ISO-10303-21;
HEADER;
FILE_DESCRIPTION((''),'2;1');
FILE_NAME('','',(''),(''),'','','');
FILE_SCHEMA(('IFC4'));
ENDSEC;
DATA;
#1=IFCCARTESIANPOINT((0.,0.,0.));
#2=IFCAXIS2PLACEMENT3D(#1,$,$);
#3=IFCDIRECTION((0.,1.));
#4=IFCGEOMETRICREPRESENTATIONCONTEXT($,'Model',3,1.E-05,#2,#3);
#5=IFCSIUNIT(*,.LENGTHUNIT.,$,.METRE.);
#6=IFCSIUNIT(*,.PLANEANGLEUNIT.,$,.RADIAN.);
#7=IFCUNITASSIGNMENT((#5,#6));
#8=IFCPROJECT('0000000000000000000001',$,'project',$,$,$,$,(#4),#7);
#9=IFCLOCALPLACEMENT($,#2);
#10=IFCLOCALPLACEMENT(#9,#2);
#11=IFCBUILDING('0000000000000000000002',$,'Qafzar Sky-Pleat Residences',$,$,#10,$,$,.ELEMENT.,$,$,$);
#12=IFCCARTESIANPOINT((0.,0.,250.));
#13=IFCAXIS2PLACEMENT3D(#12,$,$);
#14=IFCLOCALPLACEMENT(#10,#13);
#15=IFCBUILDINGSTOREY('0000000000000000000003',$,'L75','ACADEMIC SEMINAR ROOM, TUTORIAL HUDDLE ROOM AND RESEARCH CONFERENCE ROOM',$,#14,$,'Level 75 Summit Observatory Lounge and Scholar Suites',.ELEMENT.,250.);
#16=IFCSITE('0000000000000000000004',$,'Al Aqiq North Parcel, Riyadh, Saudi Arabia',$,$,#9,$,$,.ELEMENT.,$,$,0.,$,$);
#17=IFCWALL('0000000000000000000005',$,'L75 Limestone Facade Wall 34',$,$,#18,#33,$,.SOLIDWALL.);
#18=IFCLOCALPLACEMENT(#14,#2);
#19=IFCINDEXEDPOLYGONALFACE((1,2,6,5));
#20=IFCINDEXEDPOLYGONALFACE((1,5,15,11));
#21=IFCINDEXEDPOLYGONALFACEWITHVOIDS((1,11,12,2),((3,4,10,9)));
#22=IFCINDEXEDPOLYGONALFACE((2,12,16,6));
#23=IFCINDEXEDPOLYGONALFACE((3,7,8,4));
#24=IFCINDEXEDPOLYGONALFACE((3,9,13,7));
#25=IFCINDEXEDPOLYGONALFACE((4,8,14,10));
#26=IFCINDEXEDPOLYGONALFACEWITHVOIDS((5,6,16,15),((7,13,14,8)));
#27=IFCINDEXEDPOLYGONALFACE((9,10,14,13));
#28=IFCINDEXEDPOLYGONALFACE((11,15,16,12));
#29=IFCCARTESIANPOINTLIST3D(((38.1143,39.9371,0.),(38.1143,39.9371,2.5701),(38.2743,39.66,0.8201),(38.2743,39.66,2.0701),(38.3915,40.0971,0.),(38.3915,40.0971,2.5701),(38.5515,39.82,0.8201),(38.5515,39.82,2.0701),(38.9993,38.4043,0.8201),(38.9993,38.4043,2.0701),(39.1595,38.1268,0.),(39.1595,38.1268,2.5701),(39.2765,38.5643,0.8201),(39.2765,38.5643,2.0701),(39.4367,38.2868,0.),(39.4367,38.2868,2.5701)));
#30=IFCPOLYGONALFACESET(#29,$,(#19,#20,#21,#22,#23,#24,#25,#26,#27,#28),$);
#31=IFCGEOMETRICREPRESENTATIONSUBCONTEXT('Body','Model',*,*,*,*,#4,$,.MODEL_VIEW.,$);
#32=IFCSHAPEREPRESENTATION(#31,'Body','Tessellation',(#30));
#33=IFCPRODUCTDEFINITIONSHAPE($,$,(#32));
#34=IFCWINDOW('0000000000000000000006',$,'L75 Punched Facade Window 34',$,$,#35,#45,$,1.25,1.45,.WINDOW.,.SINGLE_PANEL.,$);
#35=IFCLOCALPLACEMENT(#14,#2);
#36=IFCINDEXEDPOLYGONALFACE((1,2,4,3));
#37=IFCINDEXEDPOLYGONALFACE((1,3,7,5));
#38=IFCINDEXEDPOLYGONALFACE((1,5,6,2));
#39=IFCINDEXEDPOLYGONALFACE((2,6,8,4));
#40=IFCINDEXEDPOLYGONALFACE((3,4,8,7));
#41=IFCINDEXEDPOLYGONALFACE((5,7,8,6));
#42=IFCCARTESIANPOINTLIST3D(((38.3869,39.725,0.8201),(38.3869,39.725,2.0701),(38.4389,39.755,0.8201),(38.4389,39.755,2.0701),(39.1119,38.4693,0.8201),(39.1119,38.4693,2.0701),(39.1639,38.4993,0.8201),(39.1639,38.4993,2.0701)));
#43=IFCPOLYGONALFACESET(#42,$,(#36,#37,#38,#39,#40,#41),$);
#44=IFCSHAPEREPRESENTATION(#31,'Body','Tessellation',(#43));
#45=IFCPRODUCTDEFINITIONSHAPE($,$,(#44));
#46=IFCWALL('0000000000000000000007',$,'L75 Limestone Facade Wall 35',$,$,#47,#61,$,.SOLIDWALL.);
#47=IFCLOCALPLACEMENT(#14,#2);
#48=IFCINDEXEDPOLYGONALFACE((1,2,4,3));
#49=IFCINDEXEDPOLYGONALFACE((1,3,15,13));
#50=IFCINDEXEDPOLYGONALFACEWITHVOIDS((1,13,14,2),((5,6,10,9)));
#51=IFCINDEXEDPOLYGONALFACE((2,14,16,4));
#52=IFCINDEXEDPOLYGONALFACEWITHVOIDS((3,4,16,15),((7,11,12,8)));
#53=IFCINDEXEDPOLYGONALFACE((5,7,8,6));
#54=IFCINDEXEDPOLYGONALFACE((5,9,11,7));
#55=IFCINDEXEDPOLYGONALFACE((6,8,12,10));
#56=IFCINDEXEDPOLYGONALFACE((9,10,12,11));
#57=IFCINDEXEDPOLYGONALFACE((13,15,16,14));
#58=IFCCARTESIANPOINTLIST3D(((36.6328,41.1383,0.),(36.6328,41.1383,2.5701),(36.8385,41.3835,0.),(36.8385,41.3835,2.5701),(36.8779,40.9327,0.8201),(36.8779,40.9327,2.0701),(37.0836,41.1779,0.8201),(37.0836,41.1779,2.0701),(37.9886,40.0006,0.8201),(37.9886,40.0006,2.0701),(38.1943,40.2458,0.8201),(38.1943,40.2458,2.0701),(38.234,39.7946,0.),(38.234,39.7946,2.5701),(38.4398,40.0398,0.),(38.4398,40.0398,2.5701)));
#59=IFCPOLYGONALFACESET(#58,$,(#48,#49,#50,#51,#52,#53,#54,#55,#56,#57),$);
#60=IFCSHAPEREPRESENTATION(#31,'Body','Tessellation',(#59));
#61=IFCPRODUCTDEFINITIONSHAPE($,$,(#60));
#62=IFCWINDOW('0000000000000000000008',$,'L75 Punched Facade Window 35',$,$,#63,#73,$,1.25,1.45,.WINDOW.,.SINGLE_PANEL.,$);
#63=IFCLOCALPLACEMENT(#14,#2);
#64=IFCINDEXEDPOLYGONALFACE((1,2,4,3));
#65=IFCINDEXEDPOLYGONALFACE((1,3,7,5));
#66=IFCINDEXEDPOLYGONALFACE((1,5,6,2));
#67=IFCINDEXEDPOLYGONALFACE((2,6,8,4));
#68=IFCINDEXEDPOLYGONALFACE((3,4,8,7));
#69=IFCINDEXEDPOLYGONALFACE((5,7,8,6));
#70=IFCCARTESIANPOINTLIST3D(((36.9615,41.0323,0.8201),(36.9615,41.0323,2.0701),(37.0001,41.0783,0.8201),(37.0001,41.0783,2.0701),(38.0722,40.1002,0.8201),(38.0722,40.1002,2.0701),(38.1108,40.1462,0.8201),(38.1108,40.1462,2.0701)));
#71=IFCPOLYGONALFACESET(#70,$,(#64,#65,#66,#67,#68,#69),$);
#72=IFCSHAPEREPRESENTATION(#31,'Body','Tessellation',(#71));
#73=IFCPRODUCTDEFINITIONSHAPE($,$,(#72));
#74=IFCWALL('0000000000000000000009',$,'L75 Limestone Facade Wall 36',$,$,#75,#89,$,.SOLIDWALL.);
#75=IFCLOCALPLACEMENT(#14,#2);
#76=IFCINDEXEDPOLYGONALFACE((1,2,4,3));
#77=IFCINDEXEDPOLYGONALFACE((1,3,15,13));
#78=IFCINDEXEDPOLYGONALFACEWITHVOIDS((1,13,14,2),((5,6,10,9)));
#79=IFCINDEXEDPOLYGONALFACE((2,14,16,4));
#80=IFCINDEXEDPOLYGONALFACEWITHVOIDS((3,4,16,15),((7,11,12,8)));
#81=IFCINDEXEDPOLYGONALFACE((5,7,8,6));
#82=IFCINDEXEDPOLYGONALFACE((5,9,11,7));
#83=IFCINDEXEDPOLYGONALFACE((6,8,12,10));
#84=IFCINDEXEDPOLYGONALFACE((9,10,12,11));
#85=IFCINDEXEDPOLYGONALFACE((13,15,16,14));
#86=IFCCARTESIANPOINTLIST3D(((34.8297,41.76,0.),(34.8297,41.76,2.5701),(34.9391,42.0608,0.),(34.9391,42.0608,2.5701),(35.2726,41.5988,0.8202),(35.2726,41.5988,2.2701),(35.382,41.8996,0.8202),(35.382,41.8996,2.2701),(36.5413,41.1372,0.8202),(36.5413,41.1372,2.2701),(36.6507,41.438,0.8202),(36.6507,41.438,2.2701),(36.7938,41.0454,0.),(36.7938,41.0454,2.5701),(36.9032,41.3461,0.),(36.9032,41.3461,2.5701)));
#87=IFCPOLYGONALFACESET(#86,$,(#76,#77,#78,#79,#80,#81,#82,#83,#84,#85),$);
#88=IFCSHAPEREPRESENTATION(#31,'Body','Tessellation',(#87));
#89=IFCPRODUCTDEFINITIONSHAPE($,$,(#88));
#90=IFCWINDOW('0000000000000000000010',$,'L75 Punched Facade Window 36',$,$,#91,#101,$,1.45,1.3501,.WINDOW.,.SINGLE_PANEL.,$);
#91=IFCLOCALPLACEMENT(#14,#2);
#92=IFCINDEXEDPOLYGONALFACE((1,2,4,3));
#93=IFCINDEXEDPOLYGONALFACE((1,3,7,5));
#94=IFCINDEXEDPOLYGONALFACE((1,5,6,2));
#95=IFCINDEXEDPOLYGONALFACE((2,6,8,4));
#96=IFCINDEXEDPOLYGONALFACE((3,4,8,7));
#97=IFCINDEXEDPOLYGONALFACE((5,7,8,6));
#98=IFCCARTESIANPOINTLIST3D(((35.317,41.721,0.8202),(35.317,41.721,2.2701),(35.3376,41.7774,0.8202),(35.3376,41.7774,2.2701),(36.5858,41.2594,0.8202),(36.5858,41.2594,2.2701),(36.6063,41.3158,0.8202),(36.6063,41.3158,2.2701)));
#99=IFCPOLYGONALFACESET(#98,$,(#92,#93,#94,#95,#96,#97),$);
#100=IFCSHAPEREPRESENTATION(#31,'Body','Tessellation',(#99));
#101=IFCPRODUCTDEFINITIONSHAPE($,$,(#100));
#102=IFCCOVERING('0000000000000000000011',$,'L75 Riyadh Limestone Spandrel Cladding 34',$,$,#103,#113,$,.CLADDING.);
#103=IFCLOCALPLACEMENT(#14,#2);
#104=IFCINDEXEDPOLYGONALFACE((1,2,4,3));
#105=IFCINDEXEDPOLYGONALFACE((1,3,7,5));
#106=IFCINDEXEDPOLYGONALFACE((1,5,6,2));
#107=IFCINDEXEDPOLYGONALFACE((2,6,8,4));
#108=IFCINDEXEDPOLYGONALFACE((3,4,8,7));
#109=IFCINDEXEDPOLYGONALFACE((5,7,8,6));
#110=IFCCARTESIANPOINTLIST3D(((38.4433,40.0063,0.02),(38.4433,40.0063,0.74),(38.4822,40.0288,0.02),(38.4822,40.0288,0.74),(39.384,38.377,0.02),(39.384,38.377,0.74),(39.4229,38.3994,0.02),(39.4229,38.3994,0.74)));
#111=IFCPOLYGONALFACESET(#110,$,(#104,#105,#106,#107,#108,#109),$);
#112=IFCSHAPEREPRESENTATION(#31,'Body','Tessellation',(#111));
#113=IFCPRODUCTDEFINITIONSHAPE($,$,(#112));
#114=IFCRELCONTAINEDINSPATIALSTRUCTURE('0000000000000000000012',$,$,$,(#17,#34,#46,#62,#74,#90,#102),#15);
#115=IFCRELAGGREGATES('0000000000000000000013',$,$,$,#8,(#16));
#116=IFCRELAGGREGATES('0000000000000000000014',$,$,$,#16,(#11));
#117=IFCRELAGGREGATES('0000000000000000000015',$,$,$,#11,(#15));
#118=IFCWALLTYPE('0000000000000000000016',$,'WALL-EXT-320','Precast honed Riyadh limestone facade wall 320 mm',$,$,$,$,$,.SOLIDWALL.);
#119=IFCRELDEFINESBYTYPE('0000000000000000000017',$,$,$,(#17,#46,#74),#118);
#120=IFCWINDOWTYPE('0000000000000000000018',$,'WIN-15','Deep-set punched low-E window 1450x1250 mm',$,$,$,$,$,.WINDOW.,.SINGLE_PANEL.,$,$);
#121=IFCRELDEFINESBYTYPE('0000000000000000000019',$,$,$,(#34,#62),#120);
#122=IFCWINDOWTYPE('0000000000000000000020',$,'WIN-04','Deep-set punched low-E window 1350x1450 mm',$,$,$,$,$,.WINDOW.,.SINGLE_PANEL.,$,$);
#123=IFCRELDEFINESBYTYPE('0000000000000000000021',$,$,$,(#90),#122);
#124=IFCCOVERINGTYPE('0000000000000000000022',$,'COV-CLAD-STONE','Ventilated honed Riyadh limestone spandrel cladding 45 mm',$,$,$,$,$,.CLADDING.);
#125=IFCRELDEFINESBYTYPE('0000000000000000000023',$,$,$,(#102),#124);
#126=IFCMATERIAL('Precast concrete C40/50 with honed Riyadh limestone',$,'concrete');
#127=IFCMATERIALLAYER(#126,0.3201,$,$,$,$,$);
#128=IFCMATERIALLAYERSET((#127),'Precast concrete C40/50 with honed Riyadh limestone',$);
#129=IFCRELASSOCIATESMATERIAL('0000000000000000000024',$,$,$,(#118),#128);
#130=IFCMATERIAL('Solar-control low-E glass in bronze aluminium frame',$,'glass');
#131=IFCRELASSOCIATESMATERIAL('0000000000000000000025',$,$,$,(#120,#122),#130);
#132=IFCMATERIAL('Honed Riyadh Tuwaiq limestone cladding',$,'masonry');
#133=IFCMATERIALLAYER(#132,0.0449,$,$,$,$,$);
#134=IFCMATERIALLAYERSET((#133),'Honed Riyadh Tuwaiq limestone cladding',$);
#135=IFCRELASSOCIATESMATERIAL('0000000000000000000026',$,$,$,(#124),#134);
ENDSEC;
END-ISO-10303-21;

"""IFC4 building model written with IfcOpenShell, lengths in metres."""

from ifc_helpers import new_model, si_unit, direction, frame, frame_2d, origin, origin_2d, place, context, subcontext, project, spatial, rectangle, extrude, source, transform, mapped, material, layer, layer_set, type_object, element, fill, save


model = new_model("IFC4")

# Units and contexts
model_context = context("Model", 3, precision=1e-05, world=origin(), true_north=direction((0.0, 1.0)))
body_context = subcontext(model_context, "Body", "Model", "MODEL_VIEW")
ifc_project = project(units=[si_unit("LENGTHUNIT", "METRE"), si_unit("PLANEANGLEUNIT", "RADIAN")], contexts=[model_context])

# Site, building, storey
site_placement = place(None, origin())
site = spatial("IfcSite", under=ifc_project, at=site_placement, Name="Al Aqiq North Parcel, Riyadh, Saudi Arabia", CompositionType="ELEMENT", RefElevation=0.0)
building_placement = place(site_placement, origin())
building = spatial("IfcBuilding", under=site, at=building_placement, Name="Qafzar Sky-Pleat Residences", CompositionType="ELEMENT")
storey_placement = place(building_placement, frame((0.0, 0.0, 250.0)))
storey = spatial("IfcBuildingStorey", under=building, at=storey_placement, Name="L75", Description="ACADEMIC SEMINAR ROOM, TUTORIAL HUDDLE ROOM AND RESEARCH CONFERENCE ROOM", LongName="Level 75 Summit Observatory Lounge and Scholar Suites", CompositionType="ELEMENT", Elevation=250.0)

# Walls, openings, windows
ifc_material_1 = material(Name="Precast concrete C40/50 with honed Riyadh limestone", Category="concrete")
ifc_layer_1 = layer(ifc_material_1, 0.3201)
ifc_layer_set_1 = layer_set([ifc_layer_1], Name="Precast concrete C40/50 with honed Riyadh limestone")
wall_type_1 = type_object("IfcWallType", Name="WALL-EXT-320", Description="Precast honed Riyadh limestone facade wall 320 mm", PredefinedType="SOLIDWALL", material=ifc_layer_set_1)
ifc_material_2 = material(Name="Solar-control low-E glass in bronze aluminium frame", Category="glass")
wall_1_placement = place(storey_placement, frame((39.2981, 38.2068, 0.0), z_axis=(0.0, 0.0, 1.0), x_axis=(-0.499995, 0.866028, 0.0)))
wall_1 = element("IfcWall", 1, at=wall_1_placement, inside=storey, type_object=wall_type_1, Name="L75 Limestone Facade Wall 34", PredefinedType="SOLIDWALL", context=body_context, shape_type="SweptSolid", body=[
    extrude(rectangle(XDim=2.0903, YDim=0.3201, at=frame_2d((1.0452, 0.0))), origin(), (0.0, 0.0, 1.0), 2.5701),
])
opening_1_placement = place(wall_1_placement, frame((0.3203, 0.0, 0.8201)))
opening_1 = element("IfcOpeningElement", 2, at=opening_1_placement, cuts=wall_1, PredefinedType="OPENING", context=body_context, shape_type="SweptSolid", body=[
    extrude(rectangle(XDim=1.45, YDim=1.25, at=frame_2d((0.7251, 0.625))), frame((0.0, 0.1699, 0.0), z_axis=(0.0, -1.0, 0.0), x_axis=(1.0, 0.0, 0.0)), (0.0, 0.0, 1.0), 0.3401),
])
window_type_1 = type_object("IfcWindowType", Name="WIN-15", Description="Deep-set punched low-E window 1450x1250 mm", PartitioningType="SINGLE_PANEL", PredefinedType="WINDOW", material=ifc_material_2)
shared_shape_1 = source(origin(), body_context, "Body", "SweptSolid", [
    extrude(rectangle(XDim=1.45, YDim=1.25, at=frame_2d((0.7251, 0.625))), frame((0.0, 0.03, 0.0), z_axis=(0.0, -1.0, 0.0), x_axis=(1.0, 0.0, 0.0)), (0.0, 0.0, 1.0), 0.0601),
])
window_1_placement = place(opening_1_placement, origin())
window_1 = element("IfcWindow", 3, at=window_1_placement, inside=storey, type_object=window_type_1, Name="L75 Punched Facade Window 34", OverallHeight=1.25, OverallWidth=1.45, PartitioningType="SINGLE_PANEL", PredefinedType="WINDOW", context=body_context, shape_type="MappedRepresentation", body=[
    mapped(shared_shape_1, transform((0.0, 0.0, 0.0), x_axis=(1.0, 0.0, 0.0), y_axis=(0.0, 1.0, 0.0), z_axis=(0.0, 0.0, 1.0), scale=1.0)),
])
fill(opening_1, window_1)
wall_2_placement = place(storey_placement, frame((38.3369, 39.9172, 0.0), z_axis=(0.0, 0.0, 1.0), x_axis=(-0.766025, 0.642811, 0.0)))
wall_2 = element("IfcWall", 4, at=wall_2_placement, inside=storey, type_object=wall_type_1, Name="L75 Limestone Facade Wall 35", PredefinedType="SOLIDWALL", context=body_context, shape_type="SweptSolid", body=[
    extrude(rectangle(XDim=2.0903, YDim=0.3201, at=frame_2d((1.0452, 0.0))), origin(), (0.0, 0.0, 1.0), 2.5701),
])
opening_2_placement = place(wall_2_placement, frame((0.3203, 0.0, 0.8201)))
opening_2 = element("IfcOpeningElement", 5, at=opening_2_placement, cuts=wall_2, PredefinedType="OPENING", context=body_context, shape_type="SweptSolid", body=[
    extrude(rectangle(XDim=1.45, YDim=1.25, at=frame_2d((0.7251, 0.625))), frame((0.0, 0.1699, 0.0), z_axis=(0.0, -1.0, 0.0), x_axis=(1.0, 0.0, 0.0)), (0.0, 0.0, 1.0), 0.3401),
])
window_2_placement = place(opening_2_placement, origin())
window_2 = element("IfcWindow", 6, at=window_2_placement, inside=storey, type_object=window_type_1, Name="L75 Punched Facade Window 35", OverallHeight=1.25, OverallWidth=1.45, PartitioningType="SINGLE_PANEL", PredefinedType="WINDOW", context=body_context, shape_type="MappedRepresentation", body=[
    mapped(shared_shape_1, transform((0.0, 0.0, 0.0), x_axis=(1.0, 0.0, 0.0), y_axis=(0.0, 1.0, 0.0), z_axis=(0.0, 0.0, 1.0), scale=1.0)),
])
fill(opening_2, window_2)
wall_3_placement = place(storey_placement, frame((36.8484, 41.1958, 0.0), z_axis=(0.0, 0.0, 1.0), x_axis=(-0.939735, 0.341902, 0.0)))
wall_3 = element("IfcWall", 7, at=wall_3_placement, inside=storey, type_object=wall_type_1, Name="L75 Limestone Facade Wall 36", PredefinedType="SOLIDWALL", context=body_context, shape_type="SweptSolid", body=[
    extrude(rectangle(XDim=2.0901, YDim=0.3201, at=frame_2d((1.0449, 0.0))), origin(), (0.0, 0.0, 1.0), 2.5701),
])
opening_3_placement = place(wall_3_placement, frame((0.2686, 0.0, 0.8201)))
opening_3 = element("IfcOpeningElement", 8, at=opening_3_placement, cuts=wall_3, PredefinedType="OPENING", context=body_context, shape_type="SweptSolid", body=[
    extrude(rectangle(XDim=1.3501, YDim=1.45, at=frame_2d((0.675, 0.7251))), frame((0.0, 0.1699, 0.0), z_axis=(0.0, -1.0, 0.0), x_axis=(1.0, 0.0, 0.0)), (0.0, 0.0, 1.0), 0.3401),
])
window_type_2 = type_object("IfcWindowType", Name="WIN-04", Description="Deep-set punched low-E window 1350x1450 mm", PartitioningType="SINGLE_PANEL", PredefinedType="WINDOW", material=ifc_material_2)
shared_shape_2 = source(origin(), body_context, "Body", "SweptSolid", [
    extrude(rectangle(XDim=1.3501, YDim=1.45, at=frame_2d((0.675, 0.7251))), frame((0.0, 0.03, 0.0), z_axis=(0.0, -1.0, 0.0), x_axis=(1.0, 0.0, 0.0)), (0.0, 0.0, 1.0), 0.0601),
])
window_3_placement = place(opening_3_placement, origin())
window_3 = element("IfcWindow", 9, at=window_3_placement, inside=storey, type_object=window_type_2, Name="L75 Punched Facade Window 36", OverallHeight=1.45, OverallWidth=1.3501, PartitioningType="SINGLE_PANEL", PredefinedType="WINDOW", context=body_context, shape_type="MappedRepresentation", body=[
    mapped(shared_shape_2, transform((0.0, 0.0, 0.0), x_axis=(1.0, 0.0, 0.0), y_axis=(0.0, 1.0, 0.0), z_axis=(0.0, 0.0, 1.0), scale=1.0)),
])
fill(opening_3, window_3)

# Covering
ifc_material_3 = material(Name="Honed Riyadh Tuwaiq limestone cladding", Category="masonry")
ifc_layer_2 = layer(ifc_material_3, 0.0449)
ifc_layer_set_2 = layer_set([ifc_layer_2], Name="Honed Riyadh Tuwaiq limestone cladding")
covering_type = type_object("IfcCoveringType", Name="COV-CLAD-STONE", Description="Ventilated honed Riyadh limestone spandrel cladding 45 mm", PredefinedType="CLADDING", material=ifc_layer_set_2)
shared_shape_3 = source(origin(), body_context, "Body", "SweptSolid", [
    extrude(rectangle(XDim=1.8813, YDim=0.0449, at=origin_2d()), origin(), (0.0, 0.0, 1.0), 0.72),
])
covering_placement = place(storey_placement, frame((38.9331, 39.2029, 0.02), z_axis=(0.0, 0.0, 1.0), x_axis=(-0.499972, 0.866041, 0.0)))
element("IfcCovering", 10, at=covering_placement, inside=storey, type_object=covering_type, Name="L75 Riyadh Limestone Spandrel Cladding 34", PredefinedType="CLADDING", context=body_context, shape_type="MappedRepresentation", body=[
    mapped(shared_shape_3, transform((0.0, 0.0, 0.0), x_axis=(1.0, 0.0, 0.0), y_axis=(0.0, 1.0, 0.0), z_axis=(0.0, 0.0, 1.0), scale=1.0)),
])

save(model, "model.ifc")
